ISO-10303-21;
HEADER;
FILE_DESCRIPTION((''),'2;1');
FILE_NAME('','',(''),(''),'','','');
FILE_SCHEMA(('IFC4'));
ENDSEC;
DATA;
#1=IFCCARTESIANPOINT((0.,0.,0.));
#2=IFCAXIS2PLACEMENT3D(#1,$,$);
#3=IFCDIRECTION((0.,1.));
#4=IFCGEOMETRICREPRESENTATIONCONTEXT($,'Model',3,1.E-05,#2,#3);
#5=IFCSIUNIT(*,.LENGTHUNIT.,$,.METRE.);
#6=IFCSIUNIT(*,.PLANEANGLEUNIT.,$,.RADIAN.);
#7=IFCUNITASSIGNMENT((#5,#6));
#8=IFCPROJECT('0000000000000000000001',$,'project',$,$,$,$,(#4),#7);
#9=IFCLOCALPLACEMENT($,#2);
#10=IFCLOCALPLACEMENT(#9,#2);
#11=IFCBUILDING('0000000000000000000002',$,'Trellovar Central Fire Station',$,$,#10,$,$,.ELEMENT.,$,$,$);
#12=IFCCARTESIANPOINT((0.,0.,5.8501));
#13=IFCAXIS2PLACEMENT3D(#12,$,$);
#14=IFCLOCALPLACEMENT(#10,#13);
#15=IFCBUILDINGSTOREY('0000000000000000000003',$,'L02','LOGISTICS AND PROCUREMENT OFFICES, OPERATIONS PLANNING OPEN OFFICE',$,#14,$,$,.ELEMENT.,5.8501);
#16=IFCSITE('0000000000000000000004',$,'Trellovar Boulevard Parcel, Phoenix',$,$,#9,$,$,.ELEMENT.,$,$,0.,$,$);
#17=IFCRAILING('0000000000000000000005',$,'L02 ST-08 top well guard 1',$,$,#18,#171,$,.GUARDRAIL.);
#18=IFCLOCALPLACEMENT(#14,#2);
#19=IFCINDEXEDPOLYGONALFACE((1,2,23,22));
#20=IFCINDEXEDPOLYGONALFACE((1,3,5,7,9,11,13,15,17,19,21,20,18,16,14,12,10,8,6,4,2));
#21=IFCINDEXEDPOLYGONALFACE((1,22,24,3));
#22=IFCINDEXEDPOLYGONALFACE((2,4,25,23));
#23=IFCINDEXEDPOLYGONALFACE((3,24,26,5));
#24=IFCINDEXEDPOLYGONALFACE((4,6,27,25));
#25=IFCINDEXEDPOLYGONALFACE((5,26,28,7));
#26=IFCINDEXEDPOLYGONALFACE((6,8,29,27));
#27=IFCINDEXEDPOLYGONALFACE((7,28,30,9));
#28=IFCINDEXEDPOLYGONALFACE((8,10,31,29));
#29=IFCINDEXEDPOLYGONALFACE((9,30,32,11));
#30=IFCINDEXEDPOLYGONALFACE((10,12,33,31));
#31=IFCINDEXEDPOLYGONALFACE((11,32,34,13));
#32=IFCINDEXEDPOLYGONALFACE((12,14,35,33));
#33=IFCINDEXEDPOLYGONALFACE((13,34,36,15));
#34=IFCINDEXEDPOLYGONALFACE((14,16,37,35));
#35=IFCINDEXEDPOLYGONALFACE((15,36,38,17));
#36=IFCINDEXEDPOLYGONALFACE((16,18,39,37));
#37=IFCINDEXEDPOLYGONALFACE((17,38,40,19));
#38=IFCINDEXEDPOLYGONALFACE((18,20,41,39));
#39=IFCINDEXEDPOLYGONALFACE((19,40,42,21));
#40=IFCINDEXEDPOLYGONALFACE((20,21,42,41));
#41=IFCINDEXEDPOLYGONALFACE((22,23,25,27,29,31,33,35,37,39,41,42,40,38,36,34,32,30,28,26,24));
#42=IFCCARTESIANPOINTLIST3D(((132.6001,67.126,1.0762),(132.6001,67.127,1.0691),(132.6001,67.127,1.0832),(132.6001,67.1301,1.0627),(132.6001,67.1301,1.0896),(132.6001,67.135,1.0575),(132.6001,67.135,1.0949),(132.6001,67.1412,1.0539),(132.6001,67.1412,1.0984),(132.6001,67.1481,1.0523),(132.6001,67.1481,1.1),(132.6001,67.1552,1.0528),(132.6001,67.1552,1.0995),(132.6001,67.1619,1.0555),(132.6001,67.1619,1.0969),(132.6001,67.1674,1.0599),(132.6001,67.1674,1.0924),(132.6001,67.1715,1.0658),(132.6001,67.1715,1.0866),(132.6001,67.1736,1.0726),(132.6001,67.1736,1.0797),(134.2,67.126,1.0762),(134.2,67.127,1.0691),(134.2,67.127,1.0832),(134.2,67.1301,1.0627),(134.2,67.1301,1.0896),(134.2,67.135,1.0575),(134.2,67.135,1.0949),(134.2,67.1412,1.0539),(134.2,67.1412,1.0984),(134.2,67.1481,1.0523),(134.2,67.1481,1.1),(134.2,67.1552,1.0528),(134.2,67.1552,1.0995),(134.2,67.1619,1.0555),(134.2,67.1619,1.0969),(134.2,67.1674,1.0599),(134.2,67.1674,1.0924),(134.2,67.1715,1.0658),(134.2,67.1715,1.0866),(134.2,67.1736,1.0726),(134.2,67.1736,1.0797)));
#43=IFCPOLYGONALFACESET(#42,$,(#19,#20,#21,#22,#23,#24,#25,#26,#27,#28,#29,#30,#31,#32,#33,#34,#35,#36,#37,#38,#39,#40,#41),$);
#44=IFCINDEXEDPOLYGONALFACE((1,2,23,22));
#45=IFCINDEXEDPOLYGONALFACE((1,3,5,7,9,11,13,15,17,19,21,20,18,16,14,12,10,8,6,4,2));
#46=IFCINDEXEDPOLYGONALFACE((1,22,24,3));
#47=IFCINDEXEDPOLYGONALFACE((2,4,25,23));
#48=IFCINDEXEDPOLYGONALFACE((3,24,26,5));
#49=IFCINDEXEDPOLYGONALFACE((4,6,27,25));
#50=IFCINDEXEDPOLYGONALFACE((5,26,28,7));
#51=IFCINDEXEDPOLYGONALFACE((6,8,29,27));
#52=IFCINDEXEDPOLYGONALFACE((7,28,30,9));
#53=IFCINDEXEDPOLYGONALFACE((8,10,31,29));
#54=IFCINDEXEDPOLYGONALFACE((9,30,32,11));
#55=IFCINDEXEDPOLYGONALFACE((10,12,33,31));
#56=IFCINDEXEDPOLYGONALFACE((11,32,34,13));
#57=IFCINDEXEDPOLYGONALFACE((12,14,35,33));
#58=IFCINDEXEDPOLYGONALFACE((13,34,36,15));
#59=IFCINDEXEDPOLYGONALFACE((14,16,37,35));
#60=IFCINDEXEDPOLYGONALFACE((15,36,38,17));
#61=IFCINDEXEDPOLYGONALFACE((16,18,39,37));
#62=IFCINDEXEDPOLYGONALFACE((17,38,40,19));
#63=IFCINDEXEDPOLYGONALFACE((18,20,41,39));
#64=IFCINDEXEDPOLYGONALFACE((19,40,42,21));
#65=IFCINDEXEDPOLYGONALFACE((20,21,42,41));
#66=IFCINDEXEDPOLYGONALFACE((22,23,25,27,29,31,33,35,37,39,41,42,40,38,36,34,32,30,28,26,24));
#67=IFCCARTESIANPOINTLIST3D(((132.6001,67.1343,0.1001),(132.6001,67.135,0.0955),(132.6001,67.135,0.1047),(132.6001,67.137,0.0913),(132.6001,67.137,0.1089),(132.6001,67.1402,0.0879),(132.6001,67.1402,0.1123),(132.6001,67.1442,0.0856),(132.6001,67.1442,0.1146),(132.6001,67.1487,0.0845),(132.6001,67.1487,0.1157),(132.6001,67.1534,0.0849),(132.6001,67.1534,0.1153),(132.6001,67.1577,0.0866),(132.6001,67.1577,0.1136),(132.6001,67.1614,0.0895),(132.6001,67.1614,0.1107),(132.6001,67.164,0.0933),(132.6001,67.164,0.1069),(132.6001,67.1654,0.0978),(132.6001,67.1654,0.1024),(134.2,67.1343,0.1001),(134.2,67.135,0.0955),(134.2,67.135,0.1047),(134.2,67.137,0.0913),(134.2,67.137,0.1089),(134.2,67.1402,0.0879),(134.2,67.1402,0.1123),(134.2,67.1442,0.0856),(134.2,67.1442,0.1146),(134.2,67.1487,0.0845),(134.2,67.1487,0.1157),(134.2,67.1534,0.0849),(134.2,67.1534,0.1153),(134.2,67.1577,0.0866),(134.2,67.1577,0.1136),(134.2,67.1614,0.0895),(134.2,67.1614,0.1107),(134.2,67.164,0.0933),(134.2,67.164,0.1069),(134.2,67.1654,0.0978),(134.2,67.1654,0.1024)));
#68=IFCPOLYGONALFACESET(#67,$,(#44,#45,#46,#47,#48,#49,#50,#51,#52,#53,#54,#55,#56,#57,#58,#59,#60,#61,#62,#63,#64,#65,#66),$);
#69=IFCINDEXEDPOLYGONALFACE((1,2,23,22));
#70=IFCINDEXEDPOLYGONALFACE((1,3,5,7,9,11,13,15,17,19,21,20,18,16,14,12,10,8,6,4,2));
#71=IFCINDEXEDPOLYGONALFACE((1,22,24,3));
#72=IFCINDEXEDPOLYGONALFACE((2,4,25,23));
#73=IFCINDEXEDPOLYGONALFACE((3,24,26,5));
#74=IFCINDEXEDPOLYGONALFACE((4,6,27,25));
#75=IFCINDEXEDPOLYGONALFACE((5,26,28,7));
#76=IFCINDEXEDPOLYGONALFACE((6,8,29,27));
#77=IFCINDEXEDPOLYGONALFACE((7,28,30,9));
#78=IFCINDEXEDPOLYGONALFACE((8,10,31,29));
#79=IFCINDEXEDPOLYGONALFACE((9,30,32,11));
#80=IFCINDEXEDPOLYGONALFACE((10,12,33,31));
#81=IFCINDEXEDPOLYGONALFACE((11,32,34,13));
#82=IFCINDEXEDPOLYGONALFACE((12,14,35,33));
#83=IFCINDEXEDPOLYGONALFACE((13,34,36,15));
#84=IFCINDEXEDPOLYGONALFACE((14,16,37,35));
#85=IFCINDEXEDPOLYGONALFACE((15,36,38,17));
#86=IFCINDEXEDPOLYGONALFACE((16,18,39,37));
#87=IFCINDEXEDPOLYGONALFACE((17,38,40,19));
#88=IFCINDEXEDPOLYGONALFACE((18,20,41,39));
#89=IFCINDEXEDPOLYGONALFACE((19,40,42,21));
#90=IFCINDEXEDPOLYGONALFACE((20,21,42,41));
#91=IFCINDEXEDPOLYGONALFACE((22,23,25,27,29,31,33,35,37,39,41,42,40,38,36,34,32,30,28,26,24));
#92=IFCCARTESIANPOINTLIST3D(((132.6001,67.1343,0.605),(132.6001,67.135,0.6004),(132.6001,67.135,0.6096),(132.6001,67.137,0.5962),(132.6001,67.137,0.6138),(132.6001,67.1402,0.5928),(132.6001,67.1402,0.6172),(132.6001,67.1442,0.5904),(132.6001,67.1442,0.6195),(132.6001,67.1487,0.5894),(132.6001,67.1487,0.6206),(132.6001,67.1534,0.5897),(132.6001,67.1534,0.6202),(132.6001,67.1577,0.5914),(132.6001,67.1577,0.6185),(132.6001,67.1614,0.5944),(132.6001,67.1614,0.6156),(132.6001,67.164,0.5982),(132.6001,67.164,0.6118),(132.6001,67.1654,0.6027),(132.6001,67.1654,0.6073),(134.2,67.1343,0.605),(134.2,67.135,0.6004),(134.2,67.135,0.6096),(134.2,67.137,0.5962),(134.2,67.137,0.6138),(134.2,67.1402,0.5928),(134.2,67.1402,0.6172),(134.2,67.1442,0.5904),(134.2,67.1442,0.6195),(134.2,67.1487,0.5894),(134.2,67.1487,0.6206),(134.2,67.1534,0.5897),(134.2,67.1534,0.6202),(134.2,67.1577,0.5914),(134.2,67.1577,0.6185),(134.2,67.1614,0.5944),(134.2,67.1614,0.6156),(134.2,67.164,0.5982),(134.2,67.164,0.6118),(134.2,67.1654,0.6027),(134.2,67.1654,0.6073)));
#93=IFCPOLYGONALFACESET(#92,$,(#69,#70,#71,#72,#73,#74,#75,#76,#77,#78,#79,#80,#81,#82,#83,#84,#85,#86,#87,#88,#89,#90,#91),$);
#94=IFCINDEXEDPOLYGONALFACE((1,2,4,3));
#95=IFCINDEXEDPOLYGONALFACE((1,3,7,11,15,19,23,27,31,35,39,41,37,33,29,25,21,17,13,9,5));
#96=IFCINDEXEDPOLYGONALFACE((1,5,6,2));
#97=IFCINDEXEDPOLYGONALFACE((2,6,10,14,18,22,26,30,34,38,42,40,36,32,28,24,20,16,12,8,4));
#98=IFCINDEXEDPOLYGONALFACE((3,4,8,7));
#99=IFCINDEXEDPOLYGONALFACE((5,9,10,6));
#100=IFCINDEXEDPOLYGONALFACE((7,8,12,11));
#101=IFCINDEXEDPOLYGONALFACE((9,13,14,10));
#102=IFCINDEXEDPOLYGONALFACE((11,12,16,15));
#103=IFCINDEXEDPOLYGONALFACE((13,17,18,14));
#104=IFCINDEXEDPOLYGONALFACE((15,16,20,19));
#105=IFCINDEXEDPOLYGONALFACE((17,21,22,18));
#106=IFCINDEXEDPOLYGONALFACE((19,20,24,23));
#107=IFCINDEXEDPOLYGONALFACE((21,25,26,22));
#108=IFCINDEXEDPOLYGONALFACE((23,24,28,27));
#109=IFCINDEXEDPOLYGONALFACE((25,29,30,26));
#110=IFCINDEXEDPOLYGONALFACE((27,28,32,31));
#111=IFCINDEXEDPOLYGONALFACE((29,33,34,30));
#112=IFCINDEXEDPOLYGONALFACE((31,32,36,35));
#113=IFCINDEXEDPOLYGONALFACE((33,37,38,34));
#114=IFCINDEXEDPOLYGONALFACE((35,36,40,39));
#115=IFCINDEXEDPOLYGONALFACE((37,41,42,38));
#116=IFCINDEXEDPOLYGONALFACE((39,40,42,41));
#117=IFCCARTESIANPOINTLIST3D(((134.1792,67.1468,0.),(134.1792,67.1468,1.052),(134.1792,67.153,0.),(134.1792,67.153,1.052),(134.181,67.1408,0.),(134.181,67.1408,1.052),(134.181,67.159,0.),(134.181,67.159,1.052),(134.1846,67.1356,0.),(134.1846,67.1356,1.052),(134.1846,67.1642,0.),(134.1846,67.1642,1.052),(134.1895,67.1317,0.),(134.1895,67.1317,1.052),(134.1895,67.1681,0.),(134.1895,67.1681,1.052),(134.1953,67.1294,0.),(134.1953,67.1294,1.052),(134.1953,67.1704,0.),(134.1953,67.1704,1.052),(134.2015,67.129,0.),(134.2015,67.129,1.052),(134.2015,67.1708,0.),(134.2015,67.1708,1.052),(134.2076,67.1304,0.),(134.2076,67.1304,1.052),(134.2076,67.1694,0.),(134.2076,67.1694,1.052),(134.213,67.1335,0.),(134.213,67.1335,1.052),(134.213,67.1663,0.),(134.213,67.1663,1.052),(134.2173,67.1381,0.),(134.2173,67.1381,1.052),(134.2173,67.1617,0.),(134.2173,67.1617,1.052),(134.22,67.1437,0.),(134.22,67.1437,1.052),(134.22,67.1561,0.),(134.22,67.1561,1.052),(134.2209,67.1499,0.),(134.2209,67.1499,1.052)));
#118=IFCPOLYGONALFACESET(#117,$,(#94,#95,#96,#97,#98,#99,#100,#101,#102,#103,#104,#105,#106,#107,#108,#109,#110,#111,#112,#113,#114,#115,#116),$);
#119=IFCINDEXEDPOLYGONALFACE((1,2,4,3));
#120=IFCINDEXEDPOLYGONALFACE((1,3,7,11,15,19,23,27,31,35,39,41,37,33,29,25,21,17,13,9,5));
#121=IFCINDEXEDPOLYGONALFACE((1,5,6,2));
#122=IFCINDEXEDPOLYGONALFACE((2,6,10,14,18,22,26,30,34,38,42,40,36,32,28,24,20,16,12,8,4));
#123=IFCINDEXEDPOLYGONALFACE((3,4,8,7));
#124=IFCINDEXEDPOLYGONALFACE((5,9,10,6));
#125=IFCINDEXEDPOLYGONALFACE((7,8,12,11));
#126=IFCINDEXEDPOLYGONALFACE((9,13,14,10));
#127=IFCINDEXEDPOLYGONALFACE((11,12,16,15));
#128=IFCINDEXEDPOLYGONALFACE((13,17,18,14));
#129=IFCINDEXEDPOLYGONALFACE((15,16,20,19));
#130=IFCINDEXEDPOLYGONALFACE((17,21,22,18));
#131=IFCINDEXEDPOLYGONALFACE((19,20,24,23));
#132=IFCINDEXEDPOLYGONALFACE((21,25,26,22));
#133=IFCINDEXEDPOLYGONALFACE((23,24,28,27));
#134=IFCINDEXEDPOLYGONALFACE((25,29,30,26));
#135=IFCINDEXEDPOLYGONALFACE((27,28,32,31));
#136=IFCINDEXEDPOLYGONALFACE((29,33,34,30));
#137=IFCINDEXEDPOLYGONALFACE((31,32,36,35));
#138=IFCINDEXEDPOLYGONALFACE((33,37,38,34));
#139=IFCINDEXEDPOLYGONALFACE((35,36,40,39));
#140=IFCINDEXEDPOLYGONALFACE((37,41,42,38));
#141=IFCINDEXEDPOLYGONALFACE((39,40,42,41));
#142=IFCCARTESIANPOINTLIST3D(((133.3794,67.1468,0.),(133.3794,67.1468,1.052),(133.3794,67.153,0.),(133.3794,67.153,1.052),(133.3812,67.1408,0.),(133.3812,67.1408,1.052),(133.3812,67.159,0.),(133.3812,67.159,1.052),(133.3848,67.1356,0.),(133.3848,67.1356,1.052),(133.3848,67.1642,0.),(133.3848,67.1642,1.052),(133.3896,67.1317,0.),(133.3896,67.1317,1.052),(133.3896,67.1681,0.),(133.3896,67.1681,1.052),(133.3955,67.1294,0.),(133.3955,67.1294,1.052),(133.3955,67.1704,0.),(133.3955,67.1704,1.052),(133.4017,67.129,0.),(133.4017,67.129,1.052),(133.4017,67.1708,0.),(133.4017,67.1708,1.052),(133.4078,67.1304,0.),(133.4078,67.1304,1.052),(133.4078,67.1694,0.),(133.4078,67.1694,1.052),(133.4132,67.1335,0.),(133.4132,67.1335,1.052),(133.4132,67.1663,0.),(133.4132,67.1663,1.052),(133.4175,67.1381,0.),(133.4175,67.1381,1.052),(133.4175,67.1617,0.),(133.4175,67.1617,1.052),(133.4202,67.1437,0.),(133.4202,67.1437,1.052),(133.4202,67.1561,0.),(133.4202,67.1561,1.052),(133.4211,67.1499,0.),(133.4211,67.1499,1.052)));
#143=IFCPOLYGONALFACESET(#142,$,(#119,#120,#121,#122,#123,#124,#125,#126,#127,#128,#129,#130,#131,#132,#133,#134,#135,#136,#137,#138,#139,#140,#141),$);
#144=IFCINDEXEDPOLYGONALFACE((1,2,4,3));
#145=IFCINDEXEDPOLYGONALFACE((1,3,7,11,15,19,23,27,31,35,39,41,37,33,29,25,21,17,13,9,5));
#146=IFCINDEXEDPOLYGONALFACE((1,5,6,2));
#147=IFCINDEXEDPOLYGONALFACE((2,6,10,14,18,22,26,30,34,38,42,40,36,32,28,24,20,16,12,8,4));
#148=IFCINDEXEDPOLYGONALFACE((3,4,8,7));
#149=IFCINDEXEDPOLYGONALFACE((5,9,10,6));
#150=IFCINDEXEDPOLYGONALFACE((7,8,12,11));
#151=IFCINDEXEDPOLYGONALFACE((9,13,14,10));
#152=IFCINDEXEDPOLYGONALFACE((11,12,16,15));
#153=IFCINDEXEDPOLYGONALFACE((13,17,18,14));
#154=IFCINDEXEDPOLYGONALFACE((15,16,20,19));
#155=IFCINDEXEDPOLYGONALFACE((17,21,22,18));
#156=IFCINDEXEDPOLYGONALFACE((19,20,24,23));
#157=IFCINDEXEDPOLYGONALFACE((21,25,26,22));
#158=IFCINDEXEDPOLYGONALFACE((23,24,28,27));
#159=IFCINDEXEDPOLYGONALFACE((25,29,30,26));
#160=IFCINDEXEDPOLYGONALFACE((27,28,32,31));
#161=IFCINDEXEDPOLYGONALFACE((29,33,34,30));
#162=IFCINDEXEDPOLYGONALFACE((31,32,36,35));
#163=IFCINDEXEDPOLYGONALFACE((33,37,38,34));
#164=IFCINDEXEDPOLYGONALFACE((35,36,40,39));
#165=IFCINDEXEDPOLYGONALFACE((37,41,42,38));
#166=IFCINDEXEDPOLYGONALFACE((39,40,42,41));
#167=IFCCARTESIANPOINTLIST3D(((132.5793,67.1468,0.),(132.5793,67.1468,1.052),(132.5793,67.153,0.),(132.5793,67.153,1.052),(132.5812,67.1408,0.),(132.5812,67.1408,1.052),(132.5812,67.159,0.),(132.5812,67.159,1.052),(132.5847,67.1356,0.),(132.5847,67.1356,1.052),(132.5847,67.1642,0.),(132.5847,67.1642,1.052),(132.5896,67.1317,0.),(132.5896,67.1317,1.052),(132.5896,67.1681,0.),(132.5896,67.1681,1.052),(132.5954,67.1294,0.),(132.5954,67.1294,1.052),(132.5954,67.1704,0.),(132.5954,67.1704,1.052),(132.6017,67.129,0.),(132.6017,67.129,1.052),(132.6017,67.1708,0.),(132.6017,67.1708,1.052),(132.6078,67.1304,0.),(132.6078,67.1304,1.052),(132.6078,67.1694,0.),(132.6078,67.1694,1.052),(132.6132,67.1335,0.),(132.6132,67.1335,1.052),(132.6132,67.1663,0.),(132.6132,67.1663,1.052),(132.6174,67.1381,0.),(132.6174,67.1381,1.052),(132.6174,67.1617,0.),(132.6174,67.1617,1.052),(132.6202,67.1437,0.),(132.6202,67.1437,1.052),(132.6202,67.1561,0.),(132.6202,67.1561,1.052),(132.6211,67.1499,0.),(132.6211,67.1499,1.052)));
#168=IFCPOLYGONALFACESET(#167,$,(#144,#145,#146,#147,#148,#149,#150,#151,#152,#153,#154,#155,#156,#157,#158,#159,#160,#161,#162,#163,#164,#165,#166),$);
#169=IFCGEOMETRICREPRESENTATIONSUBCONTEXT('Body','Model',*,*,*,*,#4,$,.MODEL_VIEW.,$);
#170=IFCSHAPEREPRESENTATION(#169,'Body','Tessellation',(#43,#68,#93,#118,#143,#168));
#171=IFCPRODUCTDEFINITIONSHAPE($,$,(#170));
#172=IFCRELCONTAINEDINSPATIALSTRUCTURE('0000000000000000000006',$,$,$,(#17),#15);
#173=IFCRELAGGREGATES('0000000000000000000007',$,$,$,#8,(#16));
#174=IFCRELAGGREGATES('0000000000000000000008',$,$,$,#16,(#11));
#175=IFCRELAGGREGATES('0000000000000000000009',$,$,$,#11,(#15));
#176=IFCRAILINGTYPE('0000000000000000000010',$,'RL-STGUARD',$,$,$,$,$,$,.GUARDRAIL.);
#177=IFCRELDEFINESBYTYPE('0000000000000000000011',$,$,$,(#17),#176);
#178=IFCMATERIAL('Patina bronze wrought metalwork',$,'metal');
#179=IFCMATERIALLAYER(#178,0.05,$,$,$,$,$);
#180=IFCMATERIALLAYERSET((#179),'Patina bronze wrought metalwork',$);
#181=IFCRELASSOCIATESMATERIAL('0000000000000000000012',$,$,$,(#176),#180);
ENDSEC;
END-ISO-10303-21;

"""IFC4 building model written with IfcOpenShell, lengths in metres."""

from ifc_helpers import new_model, si_unit, direction, frame, origin, origin_2d, place, context, subcontext, project, spatial, circle, extrude, material, layer, layer_set, type_object, element, save


model = new_model("IFC4")

# Units and contexts
model_context = context("Model", 3, precision=1e-05, world=origin(), true_north=direction((0.0, 1.0)))
body_context = subcontext(model_context, "Body", "Model", "MODEL_VIEW")
ifc_project = project(units=[si_unit("LENGTHUNIT", "METRE"), si_unit("PLANEANGLEUNIT", "RADIAN")], contexts=[model_context])

# Site, building, storey
site_placement = place(None, origin())
site = spatial("IfcSite", under=ifc_project, at=site_placement, Name="Trellovar Boulevard Parcel, Phoenix", CompositionType="ELEMENT", RefElevation=0.0)
building_placement = place(site_placement, origin())
building = spatial("IfcBuilding", under=site, at=building_placement, Name="Trellovar Central Fire Station", CompositionType="ELEMENT")
storey_placement = place(building_placement, frame((0.0, 0.0, 5.8501)))
storey = spatial("IfcBuildingStorey", under=building, at=storey_placement, Name="L02", Description="LOGISTICS AND PROCUREMENT OFFICES, OPERATIONS PLANNING OPEN OFFICE", CompositionType="ELEMENT", Elevation=5.8501)

# Railing
ifc_material_1 = material(Name="Patina bronze wrought metalwork", Category="metal")
ifc_layer_1 = layer(ifc_material_1, 0.05)
ifc_layer_set_1 = layer_set([ifc_layer_1], Name="Patina bronze wrought metalwork")
railing_type_1 = type_object("IfcRailingType", Name="RL-STGUARD", PredefinedType="GUARDRAIL", material=ifc_layer_set_1)
railing_1_placement = place(storey_placement, frame((134.2, 67.1499, 0.0)))
element("IfcRailing", 1, at=railing_1_placement, inside=storey, type_object=railing_type_1, Name="L02 ST-08 top well guard 1", PredefinedType="GUARDRAIL", context=body_context, shape_type="SweptSolid", body=[
    extrude(circle(Radius=0.0239, at=origin_2d()), frame((0.0, 0.0, 1.0762), z_axis=(-1.0, 0.0, 0.0), x_axis=(0.0, -1.0, 0.0)), (0.0, 0.0, 1.0), 1.5999),
    extrude(circle(Radius=0.0156, at=origin_2d()), frame((0.0, 0.0, 0.1001), z_axis=(-1.0, 0.0, 0.0), x_axis=(0.0, -1.0, 0.0)), (0.0, 0.0, 1.0), 1.5999),
    extrude(circle(Radius=0.0156, at=origin_2d()), frame((0.0, 0.0, 0.605), z_axis=(-1.0, 0.0, 0.0), x_axis=(0.0, -1.0, 0.0)), (0.0, 0.0, 1.0), 1.5999),
    extrude(circle(Radius=0.021, at=origin_2d()), origin(), (0.0, 0.0, 1.0), 1.052),
    extrude(circle(Radius=0.021, at=origin_2d()), frame((-0.7998, 0.0, 0.0)), (0.0, 0.0, 1.0), 1.052),
    extrude(circle(Radius=0.021, at=origin_2d()), frame((-1.5999, 0.0, 0.0)), (0.0, 0.0, 1.0), 1.052),
])

save(model, "model.ifc")
